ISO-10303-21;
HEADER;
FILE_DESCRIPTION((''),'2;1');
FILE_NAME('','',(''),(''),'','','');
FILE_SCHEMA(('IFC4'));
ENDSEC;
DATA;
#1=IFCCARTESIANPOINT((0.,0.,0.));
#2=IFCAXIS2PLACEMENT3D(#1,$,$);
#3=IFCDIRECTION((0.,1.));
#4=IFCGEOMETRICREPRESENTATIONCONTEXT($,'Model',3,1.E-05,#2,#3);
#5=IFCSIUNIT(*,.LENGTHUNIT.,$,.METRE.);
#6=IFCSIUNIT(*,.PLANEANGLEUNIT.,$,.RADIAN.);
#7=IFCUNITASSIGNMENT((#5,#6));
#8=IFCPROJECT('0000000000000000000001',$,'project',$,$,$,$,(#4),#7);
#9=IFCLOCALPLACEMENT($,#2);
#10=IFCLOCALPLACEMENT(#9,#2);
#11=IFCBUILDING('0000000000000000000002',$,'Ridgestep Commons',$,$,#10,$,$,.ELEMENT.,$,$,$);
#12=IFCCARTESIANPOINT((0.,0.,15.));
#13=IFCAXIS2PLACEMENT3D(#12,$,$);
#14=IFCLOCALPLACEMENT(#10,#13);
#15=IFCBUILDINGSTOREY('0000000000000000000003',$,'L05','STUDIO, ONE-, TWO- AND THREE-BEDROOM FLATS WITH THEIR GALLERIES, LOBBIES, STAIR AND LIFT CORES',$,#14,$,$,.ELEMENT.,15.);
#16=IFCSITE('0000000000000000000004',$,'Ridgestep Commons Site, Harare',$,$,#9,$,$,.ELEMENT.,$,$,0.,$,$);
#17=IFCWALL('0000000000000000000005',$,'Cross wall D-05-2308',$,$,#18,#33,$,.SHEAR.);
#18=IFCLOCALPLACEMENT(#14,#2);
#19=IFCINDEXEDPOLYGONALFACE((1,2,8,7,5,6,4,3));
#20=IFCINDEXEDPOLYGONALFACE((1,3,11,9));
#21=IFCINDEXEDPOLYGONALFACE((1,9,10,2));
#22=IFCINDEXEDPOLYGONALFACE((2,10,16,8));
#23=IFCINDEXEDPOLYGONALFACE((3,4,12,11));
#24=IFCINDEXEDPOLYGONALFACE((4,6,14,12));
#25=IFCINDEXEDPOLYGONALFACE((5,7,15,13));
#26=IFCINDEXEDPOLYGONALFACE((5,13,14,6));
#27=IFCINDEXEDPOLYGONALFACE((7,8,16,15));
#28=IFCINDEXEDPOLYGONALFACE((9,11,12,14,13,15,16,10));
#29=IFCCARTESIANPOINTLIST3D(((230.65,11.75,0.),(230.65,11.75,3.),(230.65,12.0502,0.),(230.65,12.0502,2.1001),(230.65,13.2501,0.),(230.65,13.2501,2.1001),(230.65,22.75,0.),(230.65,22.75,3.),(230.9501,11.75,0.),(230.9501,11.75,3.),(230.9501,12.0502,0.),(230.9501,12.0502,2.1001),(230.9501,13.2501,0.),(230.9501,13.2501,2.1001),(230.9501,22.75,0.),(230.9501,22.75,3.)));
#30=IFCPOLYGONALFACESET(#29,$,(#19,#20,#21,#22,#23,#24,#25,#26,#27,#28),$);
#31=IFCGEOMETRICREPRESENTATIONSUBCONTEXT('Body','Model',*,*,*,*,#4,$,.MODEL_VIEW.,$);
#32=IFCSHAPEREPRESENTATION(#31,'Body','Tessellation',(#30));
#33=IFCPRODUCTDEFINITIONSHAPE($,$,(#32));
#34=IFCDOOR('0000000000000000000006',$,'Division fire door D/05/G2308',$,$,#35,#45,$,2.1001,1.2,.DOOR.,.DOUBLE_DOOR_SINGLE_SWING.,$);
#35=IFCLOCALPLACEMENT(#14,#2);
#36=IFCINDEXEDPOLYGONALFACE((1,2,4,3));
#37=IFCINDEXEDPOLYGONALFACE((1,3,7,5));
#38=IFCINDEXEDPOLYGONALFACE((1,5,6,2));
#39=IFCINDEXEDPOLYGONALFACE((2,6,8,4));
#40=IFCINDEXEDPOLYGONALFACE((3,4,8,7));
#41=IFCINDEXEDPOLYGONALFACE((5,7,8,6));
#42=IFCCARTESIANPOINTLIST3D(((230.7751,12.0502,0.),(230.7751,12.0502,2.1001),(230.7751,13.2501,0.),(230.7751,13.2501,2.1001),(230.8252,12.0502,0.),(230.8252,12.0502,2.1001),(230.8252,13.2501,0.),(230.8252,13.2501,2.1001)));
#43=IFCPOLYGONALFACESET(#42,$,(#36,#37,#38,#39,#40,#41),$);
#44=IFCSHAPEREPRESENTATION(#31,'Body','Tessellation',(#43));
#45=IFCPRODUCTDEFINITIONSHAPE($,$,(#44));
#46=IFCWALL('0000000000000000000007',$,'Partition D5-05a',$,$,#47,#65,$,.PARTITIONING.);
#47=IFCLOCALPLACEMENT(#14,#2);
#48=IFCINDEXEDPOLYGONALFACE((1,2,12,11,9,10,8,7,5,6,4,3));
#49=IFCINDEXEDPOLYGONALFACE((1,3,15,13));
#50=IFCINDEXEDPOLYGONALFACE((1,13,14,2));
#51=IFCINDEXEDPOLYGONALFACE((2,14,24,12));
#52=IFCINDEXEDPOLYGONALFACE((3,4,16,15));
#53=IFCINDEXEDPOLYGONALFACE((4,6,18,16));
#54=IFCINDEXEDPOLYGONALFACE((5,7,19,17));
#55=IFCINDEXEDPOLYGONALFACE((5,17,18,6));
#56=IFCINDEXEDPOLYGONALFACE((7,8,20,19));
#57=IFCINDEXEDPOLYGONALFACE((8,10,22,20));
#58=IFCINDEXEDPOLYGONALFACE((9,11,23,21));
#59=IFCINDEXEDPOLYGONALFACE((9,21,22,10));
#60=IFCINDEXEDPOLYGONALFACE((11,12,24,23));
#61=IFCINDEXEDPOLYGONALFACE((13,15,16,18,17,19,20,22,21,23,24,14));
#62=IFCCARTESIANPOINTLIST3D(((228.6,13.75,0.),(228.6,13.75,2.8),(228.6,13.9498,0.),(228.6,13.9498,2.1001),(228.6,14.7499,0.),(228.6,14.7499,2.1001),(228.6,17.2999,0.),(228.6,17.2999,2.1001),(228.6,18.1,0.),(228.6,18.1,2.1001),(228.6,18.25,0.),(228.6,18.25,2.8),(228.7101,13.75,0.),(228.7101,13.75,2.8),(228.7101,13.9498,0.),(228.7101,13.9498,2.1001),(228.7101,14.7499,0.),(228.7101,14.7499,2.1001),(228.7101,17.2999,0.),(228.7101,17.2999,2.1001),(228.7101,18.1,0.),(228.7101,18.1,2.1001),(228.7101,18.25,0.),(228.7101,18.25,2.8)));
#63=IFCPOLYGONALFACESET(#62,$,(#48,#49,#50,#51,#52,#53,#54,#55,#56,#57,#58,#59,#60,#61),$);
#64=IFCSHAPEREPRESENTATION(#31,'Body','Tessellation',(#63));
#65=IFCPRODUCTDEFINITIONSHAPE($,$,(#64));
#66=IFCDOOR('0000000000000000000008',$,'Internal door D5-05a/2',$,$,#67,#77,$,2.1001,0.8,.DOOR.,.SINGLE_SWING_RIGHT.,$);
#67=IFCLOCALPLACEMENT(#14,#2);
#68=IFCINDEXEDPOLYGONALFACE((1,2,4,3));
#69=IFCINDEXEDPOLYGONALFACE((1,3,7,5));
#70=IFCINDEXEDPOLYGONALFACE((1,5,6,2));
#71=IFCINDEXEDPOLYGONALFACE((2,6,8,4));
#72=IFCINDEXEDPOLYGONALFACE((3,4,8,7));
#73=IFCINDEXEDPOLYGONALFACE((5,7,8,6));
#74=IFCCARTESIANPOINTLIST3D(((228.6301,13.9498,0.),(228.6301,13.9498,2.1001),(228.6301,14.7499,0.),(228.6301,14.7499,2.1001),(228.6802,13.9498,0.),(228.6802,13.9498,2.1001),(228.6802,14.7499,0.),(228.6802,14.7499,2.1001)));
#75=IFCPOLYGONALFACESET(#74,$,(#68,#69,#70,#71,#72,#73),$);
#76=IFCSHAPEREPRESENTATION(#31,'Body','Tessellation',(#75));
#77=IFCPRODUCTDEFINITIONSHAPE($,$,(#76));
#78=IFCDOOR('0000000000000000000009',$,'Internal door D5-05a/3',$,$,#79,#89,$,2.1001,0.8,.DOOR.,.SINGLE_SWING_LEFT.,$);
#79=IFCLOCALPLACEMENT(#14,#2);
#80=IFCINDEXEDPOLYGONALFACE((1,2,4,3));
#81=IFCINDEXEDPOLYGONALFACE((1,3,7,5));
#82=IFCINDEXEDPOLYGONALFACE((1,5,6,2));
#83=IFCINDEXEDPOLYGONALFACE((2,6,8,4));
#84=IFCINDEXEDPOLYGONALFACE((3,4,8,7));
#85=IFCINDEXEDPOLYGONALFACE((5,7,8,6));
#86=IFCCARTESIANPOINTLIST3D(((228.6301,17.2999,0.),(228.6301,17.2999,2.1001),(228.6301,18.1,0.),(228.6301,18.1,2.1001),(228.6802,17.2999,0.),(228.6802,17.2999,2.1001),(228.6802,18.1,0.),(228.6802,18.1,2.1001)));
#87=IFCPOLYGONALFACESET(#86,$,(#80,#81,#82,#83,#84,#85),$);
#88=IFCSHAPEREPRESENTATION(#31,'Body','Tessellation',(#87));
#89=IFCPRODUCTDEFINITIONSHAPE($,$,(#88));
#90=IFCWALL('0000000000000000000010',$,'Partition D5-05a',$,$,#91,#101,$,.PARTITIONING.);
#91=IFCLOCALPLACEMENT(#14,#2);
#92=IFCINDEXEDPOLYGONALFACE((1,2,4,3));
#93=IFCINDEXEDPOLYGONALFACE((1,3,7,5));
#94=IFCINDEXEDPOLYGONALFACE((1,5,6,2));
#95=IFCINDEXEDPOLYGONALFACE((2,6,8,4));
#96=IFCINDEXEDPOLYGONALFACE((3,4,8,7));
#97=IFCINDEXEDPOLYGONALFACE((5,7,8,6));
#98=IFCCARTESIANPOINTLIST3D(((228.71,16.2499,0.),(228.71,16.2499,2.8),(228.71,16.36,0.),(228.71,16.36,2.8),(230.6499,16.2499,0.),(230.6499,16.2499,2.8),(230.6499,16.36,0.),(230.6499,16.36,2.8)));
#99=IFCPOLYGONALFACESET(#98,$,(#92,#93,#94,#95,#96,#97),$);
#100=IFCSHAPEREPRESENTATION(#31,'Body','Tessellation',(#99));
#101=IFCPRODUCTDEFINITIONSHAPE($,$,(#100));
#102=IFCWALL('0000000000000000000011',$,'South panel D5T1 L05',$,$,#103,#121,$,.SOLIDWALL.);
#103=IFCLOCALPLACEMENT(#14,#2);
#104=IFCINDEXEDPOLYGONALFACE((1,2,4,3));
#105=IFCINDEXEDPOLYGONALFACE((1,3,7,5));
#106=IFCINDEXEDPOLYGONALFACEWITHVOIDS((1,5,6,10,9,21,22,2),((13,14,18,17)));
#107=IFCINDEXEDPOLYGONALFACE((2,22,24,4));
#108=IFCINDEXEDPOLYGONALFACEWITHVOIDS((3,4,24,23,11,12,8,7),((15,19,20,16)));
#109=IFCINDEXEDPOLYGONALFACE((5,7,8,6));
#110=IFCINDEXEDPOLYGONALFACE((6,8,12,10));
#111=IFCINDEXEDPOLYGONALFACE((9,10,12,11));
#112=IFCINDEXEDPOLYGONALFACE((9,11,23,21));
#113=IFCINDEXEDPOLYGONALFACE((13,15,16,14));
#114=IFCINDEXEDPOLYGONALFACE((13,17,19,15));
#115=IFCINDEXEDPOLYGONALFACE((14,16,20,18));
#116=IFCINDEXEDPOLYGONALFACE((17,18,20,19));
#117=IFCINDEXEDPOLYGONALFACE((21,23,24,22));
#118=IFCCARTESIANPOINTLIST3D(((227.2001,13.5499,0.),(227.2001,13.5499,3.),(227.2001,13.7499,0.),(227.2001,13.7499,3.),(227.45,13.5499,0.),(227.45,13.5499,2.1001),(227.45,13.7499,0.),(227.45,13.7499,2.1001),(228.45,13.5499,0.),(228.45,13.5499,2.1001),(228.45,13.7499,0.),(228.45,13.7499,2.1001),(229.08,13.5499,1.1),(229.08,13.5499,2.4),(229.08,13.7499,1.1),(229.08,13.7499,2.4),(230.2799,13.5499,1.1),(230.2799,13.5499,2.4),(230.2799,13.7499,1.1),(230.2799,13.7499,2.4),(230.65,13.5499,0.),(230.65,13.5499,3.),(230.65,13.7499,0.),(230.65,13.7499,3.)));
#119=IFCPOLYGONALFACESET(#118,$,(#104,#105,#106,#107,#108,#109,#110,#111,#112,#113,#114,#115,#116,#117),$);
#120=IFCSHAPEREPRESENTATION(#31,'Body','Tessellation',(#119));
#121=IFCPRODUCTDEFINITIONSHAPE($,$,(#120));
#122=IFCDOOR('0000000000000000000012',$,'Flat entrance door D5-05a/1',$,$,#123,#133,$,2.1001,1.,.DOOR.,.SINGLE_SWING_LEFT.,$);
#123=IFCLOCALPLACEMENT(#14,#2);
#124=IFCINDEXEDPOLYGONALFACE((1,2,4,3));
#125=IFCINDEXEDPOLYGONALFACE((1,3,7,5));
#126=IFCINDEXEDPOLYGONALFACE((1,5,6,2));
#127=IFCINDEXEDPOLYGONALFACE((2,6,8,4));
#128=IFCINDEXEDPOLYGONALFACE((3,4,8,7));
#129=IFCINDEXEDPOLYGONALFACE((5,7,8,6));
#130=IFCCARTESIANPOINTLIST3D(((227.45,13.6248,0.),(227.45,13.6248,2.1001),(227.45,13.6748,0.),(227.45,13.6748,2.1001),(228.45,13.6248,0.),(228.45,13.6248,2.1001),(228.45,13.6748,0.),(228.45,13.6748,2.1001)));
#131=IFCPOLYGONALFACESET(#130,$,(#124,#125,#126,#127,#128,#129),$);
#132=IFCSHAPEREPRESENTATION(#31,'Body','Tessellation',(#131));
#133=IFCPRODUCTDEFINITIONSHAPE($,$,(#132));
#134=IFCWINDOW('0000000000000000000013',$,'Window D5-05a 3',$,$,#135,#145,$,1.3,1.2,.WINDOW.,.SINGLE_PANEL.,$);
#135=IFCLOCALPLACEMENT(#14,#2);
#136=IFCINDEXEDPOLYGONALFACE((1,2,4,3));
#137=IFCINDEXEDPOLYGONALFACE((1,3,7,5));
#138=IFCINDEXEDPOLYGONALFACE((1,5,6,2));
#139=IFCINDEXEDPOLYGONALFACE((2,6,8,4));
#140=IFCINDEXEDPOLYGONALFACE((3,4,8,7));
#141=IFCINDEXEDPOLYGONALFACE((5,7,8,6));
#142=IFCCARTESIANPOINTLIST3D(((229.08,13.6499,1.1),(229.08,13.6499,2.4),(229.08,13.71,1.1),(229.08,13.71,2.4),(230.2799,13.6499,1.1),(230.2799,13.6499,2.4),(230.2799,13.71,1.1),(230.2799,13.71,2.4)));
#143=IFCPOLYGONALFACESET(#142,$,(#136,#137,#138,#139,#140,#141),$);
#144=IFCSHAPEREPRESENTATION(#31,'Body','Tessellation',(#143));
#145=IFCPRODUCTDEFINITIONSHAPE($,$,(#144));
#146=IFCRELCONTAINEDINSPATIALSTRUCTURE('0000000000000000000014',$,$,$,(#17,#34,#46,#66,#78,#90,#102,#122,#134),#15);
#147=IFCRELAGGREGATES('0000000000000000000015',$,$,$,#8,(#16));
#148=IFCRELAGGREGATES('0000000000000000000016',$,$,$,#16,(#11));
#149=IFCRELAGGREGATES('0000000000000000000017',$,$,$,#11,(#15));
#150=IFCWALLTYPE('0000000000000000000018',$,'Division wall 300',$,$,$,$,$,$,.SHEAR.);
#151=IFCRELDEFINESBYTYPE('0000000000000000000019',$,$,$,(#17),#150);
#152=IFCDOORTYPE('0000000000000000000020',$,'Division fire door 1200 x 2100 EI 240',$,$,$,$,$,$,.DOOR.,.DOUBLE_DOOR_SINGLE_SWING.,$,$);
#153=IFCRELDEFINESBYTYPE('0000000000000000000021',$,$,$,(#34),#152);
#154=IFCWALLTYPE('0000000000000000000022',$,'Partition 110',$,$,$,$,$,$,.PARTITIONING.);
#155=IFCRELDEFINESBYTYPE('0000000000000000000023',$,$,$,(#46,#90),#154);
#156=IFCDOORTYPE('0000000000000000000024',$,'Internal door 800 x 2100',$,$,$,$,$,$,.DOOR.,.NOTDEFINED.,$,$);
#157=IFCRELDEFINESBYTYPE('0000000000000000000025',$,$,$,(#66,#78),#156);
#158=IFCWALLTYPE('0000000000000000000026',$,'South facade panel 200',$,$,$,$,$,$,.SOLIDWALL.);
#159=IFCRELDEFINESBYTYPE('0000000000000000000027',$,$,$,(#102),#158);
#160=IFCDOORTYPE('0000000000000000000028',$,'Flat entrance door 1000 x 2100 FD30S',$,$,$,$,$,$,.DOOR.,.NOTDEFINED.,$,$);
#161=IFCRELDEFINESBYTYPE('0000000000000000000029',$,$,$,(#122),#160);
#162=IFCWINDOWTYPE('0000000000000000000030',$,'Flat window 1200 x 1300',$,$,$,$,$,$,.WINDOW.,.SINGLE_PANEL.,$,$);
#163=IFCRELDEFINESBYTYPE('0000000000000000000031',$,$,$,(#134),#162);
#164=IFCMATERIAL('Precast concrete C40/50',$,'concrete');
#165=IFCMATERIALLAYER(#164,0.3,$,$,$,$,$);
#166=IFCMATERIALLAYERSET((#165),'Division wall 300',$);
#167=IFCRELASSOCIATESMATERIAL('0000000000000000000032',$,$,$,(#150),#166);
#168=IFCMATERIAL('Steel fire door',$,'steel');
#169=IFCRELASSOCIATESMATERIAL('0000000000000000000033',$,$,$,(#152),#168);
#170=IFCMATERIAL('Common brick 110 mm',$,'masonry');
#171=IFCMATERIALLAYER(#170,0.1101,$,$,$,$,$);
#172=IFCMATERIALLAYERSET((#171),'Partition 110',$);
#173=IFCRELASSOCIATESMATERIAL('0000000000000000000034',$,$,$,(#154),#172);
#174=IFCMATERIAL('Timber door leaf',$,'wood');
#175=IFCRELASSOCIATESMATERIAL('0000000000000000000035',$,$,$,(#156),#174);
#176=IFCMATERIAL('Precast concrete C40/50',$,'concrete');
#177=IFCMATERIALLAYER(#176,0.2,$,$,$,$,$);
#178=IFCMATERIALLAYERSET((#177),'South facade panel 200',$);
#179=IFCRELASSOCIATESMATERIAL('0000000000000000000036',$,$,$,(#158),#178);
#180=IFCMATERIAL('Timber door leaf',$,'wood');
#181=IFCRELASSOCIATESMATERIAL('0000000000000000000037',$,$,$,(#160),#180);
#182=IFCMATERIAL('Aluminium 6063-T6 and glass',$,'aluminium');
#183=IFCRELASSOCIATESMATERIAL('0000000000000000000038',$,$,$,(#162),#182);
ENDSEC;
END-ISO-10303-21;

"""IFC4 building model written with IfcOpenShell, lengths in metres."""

from ifc_helpers import new_model, si_unit, direction, frame, frame_2d, origin, place, context, subcontext, project, spatial, rectangle, extrude, material, layer, layer_set, type_object, element, fill, save


model = new_model("IFC4")

# Units and contexts
model_context = context("Model", 3, precision=1e-05, world=origin(), true_north=direction((0.0, 1.0)))
body_context = subcontext(model_context, "Body", "Model", "MODEL_VIEW")
ifc_project = project(units=[si_unit("LENGTHUNIT", "METRE"), si_unit("PLANEANGLEUNIT", "RADIAN")], contexts=[model_context])

# Site, building, storey
site_placement = place(None, origin())
site = spatial("IfcSite", under=ifc_project, at=site_placement, Name="Ridgestep Commons Site, Harare", CompositionType="ELEMENT", RefElevation=0.0)
building_placement = place(site_placement, origin())
building = spatial("IfcBuilding", under=site, at=building_placement, Name="Ridgestep Commons", CompositionType="ELEMENT")
storey_placement = place(building_placement, frame((0.0, 0.0, 15.0)))
storey = spatial("IfcBuildingStorey", under=building, at=storey_placement, Name="L05", Description="STUDIO, ONE-, TWO- AND THREE-BEDROOM FLATS WITH THEIR GALLERIES, LOBBIES, STAIR AND LIFT CORES", CompositionType="ELEMENT", Elevation=15.0)

# Wall, opening, door
ifc_material_1 = material(Name="Precast concrete C40/50", Category="concrete")
ifc_layer_1 = layer(ifc_material_1, 0.3)
ifc_layer_set_1 = layer_set([ifc_layer_1], Name="Division wall 300")
wall_type_1 = type_object("IfcWallType", Name="Division wall 300", PredefinedType="SHEAR", material=ifc_layer_set_1)
wall_1_placement = place(storey_placement, frame((230.8, 11.75, 0.0), z_axis=(0.0, 0.0, 1.0), x_axis=(0.0, 1.0, 0.0)))
wall_1 = element("IfcWall", 1, at=wall_1_placement, inside=storey, type_object=wall_type_1, Name="Cross wall D-05-2308", PredefinedType="SHEAR", context=body_context, shape_type="SweptSolid", body=[
    extrude(rectangle(XDim=11.0, YDim=0.3, at=frame_2d((5.5, 0.0))), origin(), (0.0, 0.0, 1.0), 3.0),
])
opening_1_placement = place(wall_1_placement, frame((0.3, 0.0, 0.0)))
opening_1 = element("IfcOpeningElement", 2, at=opening_1_placement, cuts=wall_1, PredefinedType="OPENING", context=body_context, shape_type="SweptSolid", body=[
    extrude(rectangle(XDim=1.2, YDim=2.1001, at=frame_2d((0.6001, 1.05))), frame((0.0, 0.1599, 0.0), z_axis=(0.0, -1.0, 0.0), x_axis=(1.0, 0.0, 0.0)), (0.0, 0.0, 1.0), 0.3201),
])
ifc_material_2 = material(Name="Steel fire door", Category="steel")
door_type_1 = type_object("IfcDoorType", Name="Division fire door 1200 x 2100 EI 240", OperationType="DOUBLE_DOOR_SINGLE_SWING", PredefinedType="DOOR", material=ifc_material_2)
door_1_placement = place(opening_1_placement, origin())
door_1 = element("IfcDoor", 3, at=door_1_placement, inside=storey, type_object=door_type_1, Name="Division fire door D/05/G2308", OperationType="DOUBLE_DOOR_SINGLE_SWING", OverallHeight=2.1001, OverallWidth=1.2, PredefinedType="DOOR", context=body_context, shape_type="SweptSolid", body=[
    extrude(rectangle(XDim=1.2, YDim=2.1001, at=frame_2d((0.6001, 1.05))), frame((0.0, 0.0249, 0.0), z_axis=(0.0, -1.0, 0.0), x_axis=(1.0, 0.0, 0.0)), (0.0, 0.0, 1.0), 0.05),
])
fill(opening_1, door_1)

# Wall, openings, doors
ifc_material_3 = material(Name="Common brick 110 mm", Category="masonry")
ifc_layer_2 = layer(ifc_material_3, 0.1101)
ifc_layer_set_2 = layer_set([ifc_layer_2], Name="Partition 110")
wall_type_2 = type_object("IfcWallType", Name="Partition 110", PredefinedType="PARTITIONING", material=ifc_layer_set_2)
wall_2_placement = place(storey_placement, frame((228.655, 13.75, 0.0), z_axis=(0.0, 0.0, 1.0), x_axis=(0.0, 1.0, 0.0)))
wall_2 = element("IfcWall", 4, at=wall_2_placement, inside=storey, type_object=wall_type_2, Name="Partition D5-05a", PredefinedType="PARTITIONING", context=body_context, shape_type="SweptSolid", body=[
    extrude(rectangle(XDim=4.5, YDim=0.1101, at=frame_2d((2.25, 0.0))), origin(), (0.0, 0.0, 1.0), 2.8),
])
opening_2_placement = place(wall_2_placement, frame((0.2, 0.0, 0.0)))
opening_2 = element("IfcOpeningElement", 5, at=opening_2_placement, cuts=wall_2, PredefinedType="OPENING", context=body_context, shape_type="SweptSolid", body=[
    extrude(rectangle(XDim=0.8, YDim=2.1001, at=frame_2d((0.3999, 1.05))), frame((0.0, 0.0649, 0.0), z_axis=(0.0, -1.0, 0.0), x_axis=(1.0, 0.0, 0.0)), (0.0, 0.0, 1.0), 0.1301),
])
opening_3_placement = place(wall_2_placement, frame((3.55, 0.0, 0.0)))
opening_3 = element("IfcOpeningElement", 6, at=opening_3_placement, cuts=wall_2, PredefinedType="OPENING", context=body_context, shape_type="SweptSolid", body=[
    extrude(rectangle(XDim=0.8, YDim=2.1001, at=frame_2d((0.3999, 1.05))), frame((0.0, 0.0649, 0.0), z_axis=(0.0, -1.0, 0.0), x_axis=(1.0, 0.0, 0.0)), (0.0, 0.0, 1.0), 0.1301),
])
ifc_material_4 = material(Name="Timber door leaf", Category="wood")
door_type_2 = type_object("IfcDoorType", Name="Internal door 800 x 2100", OperationType="NOTDEFINED", PredefinedType="DOOR", material=ifc_material_4)
door_2_placement = place(opening_2_placement, origin())
door_2 = element("IfcDoor", 7, at=door_2_placement, inside=storey, type_object=door_type_2, Name="Internal door D5-05a/2", OperationType="SINGLE_SWING_RIGHT", OverallHeight=2.1001, OverallWidth=0.8, PredefinedType="DOOR", context=body_context, shape_type="SweptSolid", body=[
    extrude(rectangle(XDim=0.8, YDim=2.1001, at=frame_2d((0.3999, 1.05))), frame((0.0, 0.0249, 0.0), z_axis=(0.0, -1.0, 0.0), x_axis=(1.0, 0.0, 0.0)), (0.0, 0.0, 1.0), 0.05),
])
fill(opening_2, door_2)
door_3_placement = place(opening_3_placement, origin())
door_3 = element("IfcDoor", 8, at=door_3_placement, inside=storey, type_object=door_type_2, Name="Internal door D5-05a/3", OperationType="SINGLE_SWING_LEFT", OverallHeight=2.1001, OverallWidth=0.8, PredefinedType="DOOR", context=body_context, shape_type="SweptSolid", body=[
    extrude(rectangle(XDim=0.8, YDim=2.1001, at=frame_2d((0.3999, 1.05))), frame((0.0, 0.0249, 0.0), z_axis=(0.0, -1.0, 0.0), x_axis=(1.0, 0.0, 0.0)), (0.0, 0.0, 1.0), 0.05),
])
fill(opening_3, door_3)

# Wall
wall_3_placement = place(storey_placement, frame((228.71, 16.3049, 0.0), z_axis=(0.0, 0.0, 1.0), x_axis=(1.0, 0.0, 0.0)))
element("IfcWall", 9, at=wall_3_placement, inside=storey, type_object=wall_type_2, Name="Partition D5-05a", PredefinedType="PARTITIONING", context=body_context, shape_type="SweptSolid", body=[
    extrude(rectangle(XDim=1.9399, YDim=0.1101, at=frame_2d((0.97, 0.0))), origin(), (0.0, 0.0, 1.0), 2.8),
])

# Wall, openings, door, window
ifc_material_5 = material(Name="Precast concrete C40/50", Category="concrete")
ifc_layer_3 = layer(ifc_material_5, 0.2)
ifc_layer_set_3 = layer_set([ifc_layer_3], Name="South facade panel 200")
wall_type_3 = type_object("IfcWallType", Name="South facade panel 200", PredefinedType="SOLIDWALL", material=ifc_layer_set_3)
wall_4_placement = place(storey_placement, frame((227.2, 13.6499, 0.0), z_axis=(0.0, 0.0, 1.0), x_axis=(1.0, 0.0, 0.0)))
wall_4 = element("IfcWall", 10, at=wall_4_placement, inside=storey, type_object=wall_type_3, Name="South panel D5T1 L05", PredefinedType="SOLIDWALL", context=body_context, shape_type="SweptSolid", body=[
    extrude(rectangle(XDim=3.45, YDim=0.2, at=frame_2d((1.7251, 0.0))), origin(), (0.0, 0.0, 1.0), 3.0),
])
opening_4_placement = place(wall_4_placement, frame((1.8799, 0.0, 1.1001)))
opening_4 = element("IfcOpeningElement", 11, at=opening_4_placement, cuts=wall_4, PredefinedType="OPENING", context=body_context, shape_type="SweptSolid", body=[
    extrude(rectangle(XDim=1.2, YDim=1.3, at=frame_2d((0.6001, 0.6499))), frame((0.0, 0.1099, 0.0), z_axis=(0.0, -1.0, 0.0), x_axis=(1.0, 0.0, 0.0)), (0.0, 0.0, 1.0), 0.22),
])
opening_5_placement = place(wall_4_placement, frame((0.25, 0.0, 0.0)))
opening_5 = element("IfcOpeningElement", 12, at=opening_5_placement, cuts=wall_4, PredefinedType="OPENING", context=body_context, shape_type="SweptSolid", body=[
    extrude(rectangle(XDim=1.0, YDim=2.1001, at=frame_2d((0.5, 1.05))), frame((0.0, 0.1099, 0.0), z_axis=(0.0, -1.0, 0.0), x_axis=(1.0, 0.0, 0.0)), (0.0, 0.0, 1.0), 0.22),
])
ifc_material_6 = material(Name="Timber door leaf", Category="wood")
door_type_3 = type_object("IfcDoorType", Name="Flat entrance door 1000 x 2100 FD30S", OperationType="NOTDEFINED", PredefinedType="DOOR", material=ifc_material_6)
door_4_placement = place(opening_5_placement, origin())
door_4 = element("IfcDoor", 13, at=door_4_placement, inside=storey, type_object=door_type_3, Name="Flat entrance door D5-05a/1", OperationType="SINGLE_SWING_LEFT", OverallHeight=2.1001, OverallWidth=1.0, PredefinedType="DOOR", context=body_context, shape_type="SweptSolid", body=[
    extrude(rectangle(XDim=1.0, YDim=2.1001, at=frame_2d((0.5, 1.05))), frame((0.0, 0.0249, 0.0), z_axis=(0.0, -1.0, 0.0), x_axis=(1.0, 0.0, 0.0)), (0.0, 0.0, 1.0), 0.05),
])
fill(opening_5, door_4)
ifc_material_7 = material(Name="Aluminium 6063-T6 and glass", Category="aluminium")
window_type = type_object("IfcWindowType", Name="Flat window 1200 x 1300", PartitioningType="SINGLE_PANEL", PredefinedType="WINDOW", material=ifc_material_7)
window_1_placement = place(opening_4_placement, origin())
window_1 = element("IfcWindow", 14, at=window_1_placement, inside=storey, type_object=window_type, Name="Window D5-05a 3", OverallHeight=1.3, OverallWidth=1.2, PartitioningType="SINGLE_PANEL", PredefinedType="WINDOW", context=body_context, shape_type="SweptSolid", body=[
    extrude(rectangle(XDim=1.2, YDim=1.3, at=frame_2d((0.6001, 0.6499))), frame((0.0, 0.0601, 0.0), z_axis=(0.0, -1.0, 0.0), x_axis=(1.0, 0.0, 0.0)), (0.0, 0.0, 1.0), 0.0601),
])
fill(opening_4, window_1)

save(model, "model.ifc")
